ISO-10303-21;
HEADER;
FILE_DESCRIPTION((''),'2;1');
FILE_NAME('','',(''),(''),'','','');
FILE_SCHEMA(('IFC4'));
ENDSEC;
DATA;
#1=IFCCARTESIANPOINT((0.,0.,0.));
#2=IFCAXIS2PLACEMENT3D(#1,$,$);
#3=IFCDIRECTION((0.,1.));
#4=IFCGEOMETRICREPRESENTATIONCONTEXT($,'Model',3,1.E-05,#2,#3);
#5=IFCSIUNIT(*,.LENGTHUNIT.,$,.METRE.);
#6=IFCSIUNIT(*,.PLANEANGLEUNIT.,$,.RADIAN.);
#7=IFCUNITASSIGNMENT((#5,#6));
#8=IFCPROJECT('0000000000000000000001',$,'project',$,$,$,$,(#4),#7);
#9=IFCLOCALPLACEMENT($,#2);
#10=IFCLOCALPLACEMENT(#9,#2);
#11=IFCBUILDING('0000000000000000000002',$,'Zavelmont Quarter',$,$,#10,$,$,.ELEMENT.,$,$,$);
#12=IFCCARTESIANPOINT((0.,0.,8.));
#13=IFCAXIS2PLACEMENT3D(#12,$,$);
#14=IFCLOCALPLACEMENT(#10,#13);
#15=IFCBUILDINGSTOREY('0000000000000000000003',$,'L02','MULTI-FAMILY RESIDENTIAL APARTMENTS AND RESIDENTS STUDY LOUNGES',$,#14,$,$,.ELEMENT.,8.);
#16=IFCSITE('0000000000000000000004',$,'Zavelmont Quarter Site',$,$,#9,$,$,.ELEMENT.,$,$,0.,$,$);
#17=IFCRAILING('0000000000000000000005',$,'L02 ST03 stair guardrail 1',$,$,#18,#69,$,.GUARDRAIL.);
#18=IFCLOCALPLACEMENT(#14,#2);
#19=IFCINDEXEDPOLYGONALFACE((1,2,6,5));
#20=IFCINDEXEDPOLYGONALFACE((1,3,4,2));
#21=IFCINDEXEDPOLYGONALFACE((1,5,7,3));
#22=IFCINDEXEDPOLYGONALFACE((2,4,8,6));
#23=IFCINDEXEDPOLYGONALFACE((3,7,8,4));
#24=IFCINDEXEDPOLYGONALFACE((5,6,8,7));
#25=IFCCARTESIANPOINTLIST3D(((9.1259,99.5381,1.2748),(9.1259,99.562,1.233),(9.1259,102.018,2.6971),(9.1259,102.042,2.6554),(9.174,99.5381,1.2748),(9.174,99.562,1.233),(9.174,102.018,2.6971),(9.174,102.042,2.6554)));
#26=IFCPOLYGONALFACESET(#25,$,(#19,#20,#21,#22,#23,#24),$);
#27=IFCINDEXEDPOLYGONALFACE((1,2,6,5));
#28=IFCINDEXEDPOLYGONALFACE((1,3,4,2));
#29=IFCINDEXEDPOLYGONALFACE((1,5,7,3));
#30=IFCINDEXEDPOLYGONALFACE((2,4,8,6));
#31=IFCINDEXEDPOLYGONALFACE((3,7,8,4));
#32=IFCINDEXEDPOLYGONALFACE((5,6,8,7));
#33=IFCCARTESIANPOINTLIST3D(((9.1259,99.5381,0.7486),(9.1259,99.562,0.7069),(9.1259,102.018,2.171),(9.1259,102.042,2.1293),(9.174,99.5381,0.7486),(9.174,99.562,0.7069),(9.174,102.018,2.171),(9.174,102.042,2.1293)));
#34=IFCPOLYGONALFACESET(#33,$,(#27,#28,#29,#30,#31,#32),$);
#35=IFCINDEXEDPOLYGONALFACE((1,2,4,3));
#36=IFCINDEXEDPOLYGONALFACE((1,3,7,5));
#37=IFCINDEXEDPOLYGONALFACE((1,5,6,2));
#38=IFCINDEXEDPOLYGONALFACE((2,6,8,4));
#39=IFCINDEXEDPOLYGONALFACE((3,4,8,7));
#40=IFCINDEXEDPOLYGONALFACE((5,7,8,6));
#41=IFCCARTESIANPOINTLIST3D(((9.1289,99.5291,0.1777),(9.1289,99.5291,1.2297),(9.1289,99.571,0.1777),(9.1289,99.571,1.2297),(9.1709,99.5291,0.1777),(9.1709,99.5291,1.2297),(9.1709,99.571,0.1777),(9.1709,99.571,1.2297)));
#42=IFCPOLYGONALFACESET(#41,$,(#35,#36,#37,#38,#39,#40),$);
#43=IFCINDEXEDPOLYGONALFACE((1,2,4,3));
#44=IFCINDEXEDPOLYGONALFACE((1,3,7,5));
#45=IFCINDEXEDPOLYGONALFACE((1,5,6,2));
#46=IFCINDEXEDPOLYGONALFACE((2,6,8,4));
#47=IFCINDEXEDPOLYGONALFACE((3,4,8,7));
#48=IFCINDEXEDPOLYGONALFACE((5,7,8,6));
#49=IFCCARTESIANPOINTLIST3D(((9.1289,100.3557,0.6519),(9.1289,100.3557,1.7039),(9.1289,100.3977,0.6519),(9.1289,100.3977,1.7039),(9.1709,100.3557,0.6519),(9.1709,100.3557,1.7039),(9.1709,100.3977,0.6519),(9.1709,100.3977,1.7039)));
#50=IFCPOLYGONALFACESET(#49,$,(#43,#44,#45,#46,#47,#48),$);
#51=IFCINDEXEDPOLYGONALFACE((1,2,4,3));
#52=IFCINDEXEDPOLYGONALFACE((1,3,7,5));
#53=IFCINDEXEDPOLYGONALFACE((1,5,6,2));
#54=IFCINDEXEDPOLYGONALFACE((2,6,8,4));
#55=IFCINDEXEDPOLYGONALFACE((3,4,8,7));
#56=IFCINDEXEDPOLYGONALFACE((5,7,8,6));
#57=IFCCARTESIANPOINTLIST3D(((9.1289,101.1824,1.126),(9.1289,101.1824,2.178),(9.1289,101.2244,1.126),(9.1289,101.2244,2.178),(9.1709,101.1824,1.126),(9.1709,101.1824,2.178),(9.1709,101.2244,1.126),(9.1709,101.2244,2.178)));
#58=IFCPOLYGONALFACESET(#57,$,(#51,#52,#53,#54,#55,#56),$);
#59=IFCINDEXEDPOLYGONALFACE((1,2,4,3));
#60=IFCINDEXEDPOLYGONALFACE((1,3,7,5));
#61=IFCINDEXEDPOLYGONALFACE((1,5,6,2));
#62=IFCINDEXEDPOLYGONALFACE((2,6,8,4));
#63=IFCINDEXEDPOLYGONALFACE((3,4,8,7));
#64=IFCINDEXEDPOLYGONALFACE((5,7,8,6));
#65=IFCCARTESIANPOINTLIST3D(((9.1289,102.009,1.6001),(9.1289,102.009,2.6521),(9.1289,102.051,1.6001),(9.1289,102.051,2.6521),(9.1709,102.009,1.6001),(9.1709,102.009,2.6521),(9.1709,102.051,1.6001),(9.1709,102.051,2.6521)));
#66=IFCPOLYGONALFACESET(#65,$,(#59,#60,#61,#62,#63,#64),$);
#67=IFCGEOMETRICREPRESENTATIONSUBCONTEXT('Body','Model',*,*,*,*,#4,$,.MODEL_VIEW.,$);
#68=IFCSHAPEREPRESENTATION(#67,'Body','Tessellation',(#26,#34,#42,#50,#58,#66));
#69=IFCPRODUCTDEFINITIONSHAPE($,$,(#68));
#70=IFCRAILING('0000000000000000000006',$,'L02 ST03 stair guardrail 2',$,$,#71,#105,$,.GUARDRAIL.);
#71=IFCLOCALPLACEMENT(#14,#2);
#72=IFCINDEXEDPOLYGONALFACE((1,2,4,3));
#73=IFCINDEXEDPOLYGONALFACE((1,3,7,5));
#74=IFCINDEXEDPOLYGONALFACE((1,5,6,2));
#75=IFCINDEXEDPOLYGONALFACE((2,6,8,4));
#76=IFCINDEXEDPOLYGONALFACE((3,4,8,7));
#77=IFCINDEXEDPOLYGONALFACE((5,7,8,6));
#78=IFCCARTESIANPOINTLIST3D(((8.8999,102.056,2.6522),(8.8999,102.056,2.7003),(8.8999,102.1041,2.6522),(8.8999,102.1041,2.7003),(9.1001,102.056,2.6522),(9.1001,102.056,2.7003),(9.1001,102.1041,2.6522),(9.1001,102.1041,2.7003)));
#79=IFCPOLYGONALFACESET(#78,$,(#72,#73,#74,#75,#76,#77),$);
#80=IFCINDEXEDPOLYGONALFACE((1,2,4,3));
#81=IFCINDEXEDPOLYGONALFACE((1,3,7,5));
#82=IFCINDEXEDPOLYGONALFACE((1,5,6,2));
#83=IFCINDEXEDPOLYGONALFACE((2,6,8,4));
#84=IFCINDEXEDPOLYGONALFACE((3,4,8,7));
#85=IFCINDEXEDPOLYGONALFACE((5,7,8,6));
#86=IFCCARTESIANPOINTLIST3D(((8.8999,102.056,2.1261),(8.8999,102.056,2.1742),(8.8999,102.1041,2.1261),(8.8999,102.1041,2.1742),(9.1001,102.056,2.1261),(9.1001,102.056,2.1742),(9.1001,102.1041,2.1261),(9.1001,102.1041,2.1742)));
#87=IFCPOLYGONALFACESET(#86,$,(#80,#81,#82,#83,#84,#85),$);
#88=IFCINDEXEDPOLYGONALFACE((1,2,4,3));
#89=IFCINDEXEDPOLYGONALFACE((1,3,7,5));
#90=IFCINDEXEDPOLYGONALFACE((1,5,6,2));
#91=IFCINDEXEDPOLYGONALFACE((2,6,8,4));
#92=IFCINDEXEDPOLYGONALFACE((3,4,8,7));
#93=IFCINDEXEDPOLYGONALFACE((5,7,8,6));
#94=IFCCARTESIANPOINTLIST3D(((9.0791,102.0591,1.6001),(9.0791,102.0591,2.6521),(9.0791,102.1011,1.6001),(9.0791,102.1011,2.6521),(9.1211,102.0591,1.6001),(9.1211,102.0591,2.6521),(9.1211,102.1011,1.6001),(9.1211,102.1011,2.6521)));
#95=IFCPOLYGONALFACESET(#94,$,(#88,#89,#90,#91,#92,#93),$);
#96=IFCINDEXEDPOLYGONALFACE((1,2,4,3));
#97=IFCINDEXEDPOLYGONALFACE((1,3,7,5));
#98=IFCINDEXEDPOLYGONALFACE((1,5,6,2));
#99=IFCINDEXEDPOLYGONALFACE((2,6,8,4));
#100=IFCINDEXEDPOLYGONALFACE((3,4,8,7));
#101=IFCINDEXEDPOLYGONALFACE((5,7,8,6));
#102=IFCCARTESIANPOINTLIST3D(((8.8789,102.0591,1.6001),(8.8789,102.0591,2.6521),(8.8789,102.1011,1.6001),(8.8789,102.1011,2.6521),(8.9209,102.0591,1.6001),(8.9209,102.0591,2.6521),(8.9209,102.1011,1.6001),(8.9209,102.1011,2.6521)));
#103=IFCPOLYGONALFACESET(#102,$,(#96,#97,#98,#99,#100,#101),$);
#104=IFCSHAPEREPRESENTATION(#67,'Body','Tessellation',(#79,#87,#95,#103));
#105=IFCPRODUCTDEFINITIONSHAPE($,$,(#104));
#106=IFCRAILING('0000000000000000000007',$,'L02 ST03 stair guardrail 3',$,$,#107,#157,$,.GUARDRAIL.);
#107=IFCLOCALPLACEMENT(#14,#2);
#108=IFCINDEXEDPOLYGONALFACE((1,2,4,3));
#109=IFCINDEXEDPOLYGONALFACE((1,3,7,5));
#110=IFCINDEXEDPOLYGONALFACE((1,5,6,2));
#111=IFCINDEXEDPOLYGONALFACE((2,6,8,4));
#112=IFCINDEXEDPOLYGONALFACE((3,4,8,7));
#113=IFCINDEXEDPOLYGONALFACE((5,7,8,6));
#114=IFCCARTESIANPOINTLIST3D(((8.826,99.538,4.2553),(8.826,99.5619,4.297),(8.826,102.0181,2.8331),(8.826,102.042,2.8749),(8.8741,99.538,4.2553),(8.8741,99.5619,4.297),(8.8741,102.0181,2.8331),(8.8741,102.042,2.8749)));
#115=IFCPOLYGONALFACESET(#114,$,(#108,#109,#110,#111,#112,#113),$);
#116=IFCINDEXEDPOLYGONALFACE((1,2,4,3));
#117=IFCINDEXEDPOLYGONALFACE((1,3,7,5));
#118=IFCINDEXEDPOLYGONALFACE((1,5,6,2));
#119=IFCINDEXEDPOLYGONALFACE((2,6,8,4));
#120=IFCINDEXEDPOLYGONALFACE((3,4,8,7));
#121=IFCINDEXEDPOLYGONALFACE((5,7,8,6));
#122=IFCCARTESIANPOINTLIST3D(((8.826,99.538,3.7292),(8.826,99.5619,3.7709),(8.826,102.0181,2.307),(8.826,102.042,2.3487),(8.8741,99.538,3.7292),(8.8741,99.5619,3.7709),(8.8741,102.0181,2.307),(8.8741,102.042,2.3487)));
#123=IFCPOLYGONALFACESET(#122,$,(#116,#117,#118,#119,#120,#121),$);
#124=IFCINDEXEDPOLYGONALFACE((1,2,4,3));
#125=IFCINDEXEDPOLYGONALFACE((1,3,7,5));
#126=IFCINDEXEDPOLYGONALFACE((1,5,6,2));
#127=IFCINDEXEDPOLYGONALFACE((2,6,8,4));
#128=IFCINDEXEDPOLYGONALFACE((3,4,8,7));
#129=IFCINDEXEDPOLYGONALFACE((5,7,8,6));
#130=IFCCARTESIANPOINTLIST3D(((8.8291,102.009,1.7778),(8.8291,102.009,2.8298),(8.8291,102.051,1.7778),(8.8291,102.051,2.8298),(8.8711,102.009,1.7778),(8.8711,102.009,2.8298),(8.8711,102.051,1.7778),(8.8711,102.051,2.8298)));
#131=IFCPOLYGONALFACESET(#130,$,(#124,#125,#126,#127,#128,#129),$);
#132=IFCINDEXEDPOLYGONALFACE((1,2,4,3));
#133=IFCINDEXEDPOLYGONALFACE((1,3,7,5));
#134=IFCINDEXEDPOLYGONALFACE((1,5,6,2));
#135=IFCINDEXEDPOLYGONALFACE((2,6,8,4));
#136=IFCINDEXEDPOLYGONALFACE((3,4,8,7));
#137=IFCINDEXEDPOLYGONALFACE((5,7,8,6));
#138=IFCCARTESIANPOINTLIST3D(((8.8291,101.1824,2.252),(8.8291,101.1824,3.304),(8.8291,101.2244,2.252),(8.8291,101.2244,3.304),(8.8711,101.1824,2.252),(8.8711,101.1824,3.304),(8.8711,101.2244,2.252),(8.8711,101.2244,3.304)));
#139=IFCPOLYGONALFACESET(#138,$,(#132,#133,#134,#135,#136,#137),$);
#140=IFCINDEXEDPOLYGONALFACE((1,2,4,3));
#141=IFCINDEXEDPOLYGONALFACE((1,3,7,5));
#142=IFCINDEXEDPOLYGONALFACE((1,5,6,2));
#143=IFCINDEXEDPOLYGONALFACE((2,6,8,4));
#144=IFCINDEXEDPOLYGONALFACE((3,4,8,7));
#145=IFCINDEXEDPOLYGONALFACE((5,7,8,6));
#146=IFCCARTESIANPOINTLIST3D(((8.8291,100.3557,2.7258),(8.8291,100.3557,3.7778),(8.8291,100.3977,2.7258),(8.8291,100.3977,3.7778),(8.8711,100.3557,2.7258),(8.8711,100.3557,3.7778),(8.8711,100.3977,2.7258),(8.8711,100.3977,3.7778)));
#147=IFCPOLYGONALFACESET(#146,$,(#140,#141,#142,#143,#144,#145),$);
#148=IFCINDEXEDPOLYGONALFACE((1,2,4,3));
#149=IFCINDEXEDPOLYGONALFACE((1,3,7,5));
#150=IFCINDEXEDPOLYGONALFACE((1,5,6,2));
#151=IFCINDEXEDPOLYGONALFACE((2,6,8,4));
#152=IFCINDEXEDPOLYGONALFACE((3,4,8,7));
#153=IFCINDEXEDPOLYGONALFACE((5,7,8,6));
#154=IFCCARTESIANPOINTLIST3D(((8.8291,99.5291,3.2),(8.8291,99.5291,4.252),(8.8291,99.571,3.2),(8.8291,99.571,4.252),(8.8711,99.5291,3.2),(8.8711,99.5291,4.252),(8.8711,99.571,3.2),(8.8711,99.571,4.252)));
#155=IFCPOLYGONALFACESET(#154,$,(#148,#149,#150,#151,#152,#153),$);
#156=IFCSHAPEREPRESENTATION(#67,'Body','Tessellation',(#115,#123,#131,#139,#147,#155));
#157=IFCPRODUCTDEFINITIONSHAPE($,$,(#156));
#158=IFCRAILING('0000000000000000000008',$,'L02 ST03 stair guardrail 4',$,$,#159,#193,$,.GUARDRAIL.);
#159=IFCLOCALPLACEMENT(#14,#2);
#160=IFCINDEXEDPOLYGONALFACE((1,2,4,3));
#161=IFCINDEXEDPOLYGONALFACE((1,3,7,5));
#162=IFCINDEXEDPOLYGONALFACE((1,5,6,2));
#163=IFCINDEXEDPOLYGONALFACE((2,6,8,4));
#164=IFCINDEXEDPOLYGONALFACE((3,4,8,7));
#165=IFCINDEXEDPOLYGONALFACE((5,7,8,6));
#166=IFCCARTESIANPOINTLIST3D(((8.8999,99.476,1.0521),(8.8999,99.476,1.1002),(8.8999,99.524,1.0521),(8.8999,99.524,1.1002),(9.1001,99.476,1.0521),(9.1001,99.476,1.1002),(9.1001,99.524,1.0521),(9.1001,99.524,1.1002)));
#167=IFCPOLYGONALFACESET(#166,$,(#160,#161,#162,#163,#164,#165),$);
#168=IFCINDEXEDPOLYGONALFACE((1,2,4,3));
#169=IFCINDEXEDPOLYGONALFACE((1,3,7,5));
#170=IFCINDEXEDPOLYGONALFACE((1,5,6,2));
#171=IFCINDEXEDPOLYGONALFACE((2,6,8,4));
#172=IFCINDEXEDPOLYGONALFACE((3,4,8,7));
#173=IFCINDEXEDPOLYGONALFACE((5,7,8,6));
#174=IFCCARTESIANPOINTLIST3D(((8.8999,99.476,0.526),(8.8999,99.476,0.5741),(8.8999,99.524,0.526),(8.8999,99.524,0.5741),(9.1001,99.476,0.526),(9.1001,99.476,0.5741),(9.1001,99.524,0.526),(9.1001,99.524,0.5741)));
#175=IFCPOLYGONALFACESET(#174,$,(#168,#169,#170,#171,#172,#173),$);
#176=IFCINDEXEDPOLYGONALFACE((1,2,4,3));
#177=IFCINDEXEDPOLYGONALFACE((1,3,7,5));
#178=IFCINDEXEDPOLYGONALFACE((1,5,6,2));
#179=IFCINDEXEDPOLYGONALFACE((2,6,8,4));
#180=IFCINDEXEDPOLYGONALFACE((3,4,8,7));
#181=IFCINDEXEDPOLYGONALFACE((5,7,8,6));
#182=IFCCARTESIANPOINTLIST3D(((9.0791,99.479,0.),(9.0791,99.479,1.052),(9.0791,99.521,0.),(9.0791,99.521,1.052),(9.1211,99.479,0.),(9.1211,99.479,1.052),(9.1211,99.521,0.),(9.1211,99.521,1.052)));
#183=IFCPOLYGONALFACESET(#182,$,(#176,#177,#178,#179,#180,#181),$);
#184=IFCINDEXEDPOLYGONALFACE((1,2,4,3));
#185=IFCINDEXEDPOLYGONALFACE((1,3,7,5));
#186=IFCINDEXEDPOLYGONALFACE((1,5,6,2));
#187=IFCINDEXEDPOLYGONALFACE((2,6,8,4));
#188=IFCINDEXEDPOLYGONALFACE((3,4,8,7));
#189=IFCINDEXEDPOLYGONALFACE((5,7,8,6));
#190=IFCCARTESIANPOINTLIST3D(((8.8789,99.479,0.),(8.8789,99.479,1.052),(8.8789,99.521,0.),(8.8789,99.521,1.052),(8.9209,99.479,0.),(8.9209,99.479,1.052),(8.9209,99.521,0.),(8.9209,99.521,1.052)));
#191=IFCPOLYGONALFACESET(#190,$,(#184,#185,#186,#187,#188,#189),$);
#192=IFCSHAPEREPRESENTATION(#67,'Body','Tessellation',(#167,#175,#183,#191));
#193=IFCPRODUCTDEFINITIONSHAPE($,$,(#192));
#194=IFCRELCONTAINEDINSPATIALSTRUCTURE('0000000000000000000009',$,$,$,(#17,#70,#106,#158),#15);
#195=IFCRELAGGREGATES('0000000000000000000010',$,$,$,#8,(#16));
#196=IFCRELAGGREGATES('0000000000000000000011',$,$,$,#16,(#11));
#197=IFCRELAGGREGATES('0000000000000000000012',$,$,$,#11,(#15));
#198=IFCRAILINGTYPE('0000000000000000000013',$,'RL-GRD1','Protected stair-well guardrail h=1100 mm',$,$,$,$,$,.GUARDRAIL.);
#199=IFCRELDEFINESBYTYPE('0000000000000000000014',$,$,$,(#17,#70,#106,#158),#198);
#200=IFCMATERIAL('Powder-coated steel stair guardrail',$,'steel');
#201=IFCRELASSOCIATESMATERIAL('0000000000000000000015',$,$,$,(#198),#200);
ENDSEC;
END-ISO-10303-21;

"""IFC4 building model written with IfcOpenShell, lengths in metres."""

from ifc_helpers import new_model, si_unit, direction, frame, origin, origin_2d, place, context, subcontext, project, spatial, rectangle, extrude, material, type_object, element, save


model = new_model("IFC4")

# Units and contexts
model_context = context("Model", 3, precision=1e-05, world=origin(), true_north=direction((0.0, 1.0)))
body_context = subcontext(model_context, "Body", "Model", "MODEL_VIEW")
ifc_project = project(units=[si_unit("LENGTHUNIT", "METRE"), si_unit("PLANEANGLEUNIT", "RADIAN")], contexts=[model_context])

# Site, building, storey
site_placement = place(None, origin())
site = spatial("IfcSite", under=ifc_project, at=site_placement, Name="Zavelmont Quarter Site", CompositionType="ELEMENT", RefElevation=0.0)
building_placement = place(site_placement, origin())
building = spatial("IfcBuilding", under=site, at=building_placement, Name="Zavelmont Quarter", CompositionType="ELEMENT")
storey_placement = place(building_placement, frame((0.0, 0.0, 8.0)))
storey = spatial("IfcBuildingStorey", under=building, at=storey_placement, Name="L02", Description="MULTI-FAMILY RESIDENTIAL APARTMENTS AND RESIDENTS STUDY LOUNGES", CompositionType="ELEMENT", Elevation=8.0)

# Railings
ifc_material_1 = material(Name="Powder-coated steel stair guardrail", Category="steel")
railing_type_1 = type_object("IfcRailingType", Name="RL-GRD1", Description="Protected stair-well guardrail h=1100 mm", PredefinedType="GUARDRAIL", material=ifc_material_1)
railing_1_placement = place(storey_placement, frame((9.1499, 99.55, 0.1777)))
element("IfcRailing", 1, at=railing_1_placement, inside=storey, type_object=railing_type_1, Name="L02 ST03 stair guardrail 1", PredefinedType="GUARDRAIL", context=body_context, shape_type="SweptSolid", body=[
    extrude(rectangle(XDim=0.0481, YDim=0.0481, at=origin_2d()), frame((0.0, 0.0, 1.0762), z_axis=(0.0, 0.867454, 0.497518), x_axis=(-1.0, 0.0, 0.0)), (0.0, 0.0, 1.0), 2.8589),
    extrude(rectangle(XDim=0.0481, YDim=0.0481, at=origin_2d()), frame((0.0, 0.0, 0.55), z_axis=(0.0, 0.867454, 0.497518), x_axis=(-1.0, 0.0, 0.0)), (0.0, 0.0, 1.0), 2.8589),
    extrude(rectangle(XDim=0.042, YDim=0.042, at=origin_2d()), origin(), (0.0, 0.0, 1.0), 1.052),
    extrude(rectangle(XDim=0.042, YDim=0.042, at=origin_2d()), frame((0.0, 0.8267, 0.4741)), (0.0, 0.0, 1.0), 1.052),
    extrude(rectangle(XDim=0.042, YDim=0.042, at=origin_2d()), frame((0.0, 1.6533, 0.9482)), (0.0, 0.0, 1.0), 1.052),
    extrude(rectangle(XDim=0.042, YDim=0.042, at=origin_2d()), frame((0.0, 2.48, 1.4224)), (0.0, 0.0, 1.0), 1.052),
])
railing_2_placement = place(storey_placement, frame((9.1001, 102.0801, 1.6001)))
element("IfcRailing", 2, at=railing_2_placement, inside=storey, type_object=railing_type_1, Name="L02 ST03 stair guardrail 2", PredefinedType="GUARDRAIL", context=body_context, shape_type="SweptSolid", body=[
    extrude(rectangle(XDim=0.0481, YDim=0.0481, at=origin_2d()), frame((0.0, 0.0, 1.0762), z_axis=(-1.0, 0.0, 0.0), x_axis=(0.0, -1.0, 0.0)), (0.0, 0.0, 1.0), 0.2002),
    extrude(rectangle(XDim=0.0481, YDim=0.0481, at=origin_2d()), frame((0.0, 0.0, 0.55), z_axis=(-1.0, 0.0, 0.0), x_axis=(0.0, -1.0, 0.0)), (0.0, 0.0, 1.0), 0.2002),
    extrude(rectangle(XDim=0.042, YDim=0.042, at=origin_2d()), origin(), (0.0, 0.0, 1.0), 1.052),
    extrude(rectangle(XDim=0.042, YDim=0.042, at=origin_2d()), frame((-0.2002, 0.0, 0.0)), (0.0, 0.0, 1.0), 1.052),
])
railing_3_placement = place(storey_placement, frame((8.8501, 102.03, 1.7778)))
element("IfcRailing", 3, at=railing_3_placement, inside=storey, type_object=railing_type_1, Name="L02 ST03 stair guardrail 3", PredefinedType="GUARDRAIL", context=body_context, shape_type="SweptSolid", body=[
    extrude(rectangle(XDim=0.0481, YDim=0.0481, at=origin_2d()), frame((0.0, 0.0, 1.0762), z_axis=(0.0, -0.867491, 0.497454), x_axis=(1.0, 0.0, 0.0)), (0.0, 0.0, 1.0), 2.8589),
    extrude(rectangle(XDim=0.0481, YDim=0.0481, at=origin_2d()), frame((0.0, 0.0, 0.55), z_axis=(0.0, -0.867491, 0.497454), x_axis=(1.0, 0.0, 0.0)), (0.0, 0.0, 1.0), 2.8589),
    extrude(rectangle(XDim=0.042, YDim=0.042, at=origin_2d()), origin(), (0.0, 0.0, 1.0), 1.052),
    extrude(rectangle(XDim=0.042, YDim=0.042, at=origin_2d()), frame((0.0, -0.8267, 0.4741)), (0.0, 0.0, 1.0), 1.052),
    extrude(rectangle(XDim=0.042, YDim=0.042, at=origin_2d()), frame((0.0, -1.6533, 0.948)), (0.0, 0.0, 1.0), 1.052),
    extrude(rectangle(XDim=0.042, YDim=0.042, at=origin_2d()), frame((0.0, -2.48, 1.4221)), (0.0, 0.0, 1.0), 1.052),
])
railing_4_placement = place(storey_placement, frame((9.1001, 99.5, 0.0)))
element("IfcRailing", 4, at=railing_4_placement, inside=storey, type_object=railing_type_1, Name="L02 ST03 stair guardrail 4", PredefinedType="GUARDRAIL", context=body_context, shape_type="SweptSolid", body=[
    extrude(rectangle(XDim=0.0481, YDim=0.0481, at=origin_2d()), frame((0.0, 0.0, 1.0762), z_axis=(-1.0, 0.0, 0.0), x_axis=(0.0, -1.0, 0.0)), (0.0, 0.0, 1.0), 0.2002),
    extrude(rectangle(XDim=0.0481, YDim=0.0481, at=origin_2d()), frame((0.0, 0.0, 0.55), z_axis=(-1.0, 0.0, 0.0), x_axis=(0.0, -1.0, 0.0)), (0.0, 0.0, 1.0), 0.2002),
    extrude(rectangle(XDim=0.042, YDim=0.042, at=origin_2d()), origin(), (0.0, 0.0, 1.0), 1.052),
    extrude(rectangle(XDim=0.042, YDim=0.042, at=origin_2d()), frame((-0.2002, 0.0, 0.0)), (0.0, 0.0, 1.0), 1.052),
])

save(model, "model.ifc")
